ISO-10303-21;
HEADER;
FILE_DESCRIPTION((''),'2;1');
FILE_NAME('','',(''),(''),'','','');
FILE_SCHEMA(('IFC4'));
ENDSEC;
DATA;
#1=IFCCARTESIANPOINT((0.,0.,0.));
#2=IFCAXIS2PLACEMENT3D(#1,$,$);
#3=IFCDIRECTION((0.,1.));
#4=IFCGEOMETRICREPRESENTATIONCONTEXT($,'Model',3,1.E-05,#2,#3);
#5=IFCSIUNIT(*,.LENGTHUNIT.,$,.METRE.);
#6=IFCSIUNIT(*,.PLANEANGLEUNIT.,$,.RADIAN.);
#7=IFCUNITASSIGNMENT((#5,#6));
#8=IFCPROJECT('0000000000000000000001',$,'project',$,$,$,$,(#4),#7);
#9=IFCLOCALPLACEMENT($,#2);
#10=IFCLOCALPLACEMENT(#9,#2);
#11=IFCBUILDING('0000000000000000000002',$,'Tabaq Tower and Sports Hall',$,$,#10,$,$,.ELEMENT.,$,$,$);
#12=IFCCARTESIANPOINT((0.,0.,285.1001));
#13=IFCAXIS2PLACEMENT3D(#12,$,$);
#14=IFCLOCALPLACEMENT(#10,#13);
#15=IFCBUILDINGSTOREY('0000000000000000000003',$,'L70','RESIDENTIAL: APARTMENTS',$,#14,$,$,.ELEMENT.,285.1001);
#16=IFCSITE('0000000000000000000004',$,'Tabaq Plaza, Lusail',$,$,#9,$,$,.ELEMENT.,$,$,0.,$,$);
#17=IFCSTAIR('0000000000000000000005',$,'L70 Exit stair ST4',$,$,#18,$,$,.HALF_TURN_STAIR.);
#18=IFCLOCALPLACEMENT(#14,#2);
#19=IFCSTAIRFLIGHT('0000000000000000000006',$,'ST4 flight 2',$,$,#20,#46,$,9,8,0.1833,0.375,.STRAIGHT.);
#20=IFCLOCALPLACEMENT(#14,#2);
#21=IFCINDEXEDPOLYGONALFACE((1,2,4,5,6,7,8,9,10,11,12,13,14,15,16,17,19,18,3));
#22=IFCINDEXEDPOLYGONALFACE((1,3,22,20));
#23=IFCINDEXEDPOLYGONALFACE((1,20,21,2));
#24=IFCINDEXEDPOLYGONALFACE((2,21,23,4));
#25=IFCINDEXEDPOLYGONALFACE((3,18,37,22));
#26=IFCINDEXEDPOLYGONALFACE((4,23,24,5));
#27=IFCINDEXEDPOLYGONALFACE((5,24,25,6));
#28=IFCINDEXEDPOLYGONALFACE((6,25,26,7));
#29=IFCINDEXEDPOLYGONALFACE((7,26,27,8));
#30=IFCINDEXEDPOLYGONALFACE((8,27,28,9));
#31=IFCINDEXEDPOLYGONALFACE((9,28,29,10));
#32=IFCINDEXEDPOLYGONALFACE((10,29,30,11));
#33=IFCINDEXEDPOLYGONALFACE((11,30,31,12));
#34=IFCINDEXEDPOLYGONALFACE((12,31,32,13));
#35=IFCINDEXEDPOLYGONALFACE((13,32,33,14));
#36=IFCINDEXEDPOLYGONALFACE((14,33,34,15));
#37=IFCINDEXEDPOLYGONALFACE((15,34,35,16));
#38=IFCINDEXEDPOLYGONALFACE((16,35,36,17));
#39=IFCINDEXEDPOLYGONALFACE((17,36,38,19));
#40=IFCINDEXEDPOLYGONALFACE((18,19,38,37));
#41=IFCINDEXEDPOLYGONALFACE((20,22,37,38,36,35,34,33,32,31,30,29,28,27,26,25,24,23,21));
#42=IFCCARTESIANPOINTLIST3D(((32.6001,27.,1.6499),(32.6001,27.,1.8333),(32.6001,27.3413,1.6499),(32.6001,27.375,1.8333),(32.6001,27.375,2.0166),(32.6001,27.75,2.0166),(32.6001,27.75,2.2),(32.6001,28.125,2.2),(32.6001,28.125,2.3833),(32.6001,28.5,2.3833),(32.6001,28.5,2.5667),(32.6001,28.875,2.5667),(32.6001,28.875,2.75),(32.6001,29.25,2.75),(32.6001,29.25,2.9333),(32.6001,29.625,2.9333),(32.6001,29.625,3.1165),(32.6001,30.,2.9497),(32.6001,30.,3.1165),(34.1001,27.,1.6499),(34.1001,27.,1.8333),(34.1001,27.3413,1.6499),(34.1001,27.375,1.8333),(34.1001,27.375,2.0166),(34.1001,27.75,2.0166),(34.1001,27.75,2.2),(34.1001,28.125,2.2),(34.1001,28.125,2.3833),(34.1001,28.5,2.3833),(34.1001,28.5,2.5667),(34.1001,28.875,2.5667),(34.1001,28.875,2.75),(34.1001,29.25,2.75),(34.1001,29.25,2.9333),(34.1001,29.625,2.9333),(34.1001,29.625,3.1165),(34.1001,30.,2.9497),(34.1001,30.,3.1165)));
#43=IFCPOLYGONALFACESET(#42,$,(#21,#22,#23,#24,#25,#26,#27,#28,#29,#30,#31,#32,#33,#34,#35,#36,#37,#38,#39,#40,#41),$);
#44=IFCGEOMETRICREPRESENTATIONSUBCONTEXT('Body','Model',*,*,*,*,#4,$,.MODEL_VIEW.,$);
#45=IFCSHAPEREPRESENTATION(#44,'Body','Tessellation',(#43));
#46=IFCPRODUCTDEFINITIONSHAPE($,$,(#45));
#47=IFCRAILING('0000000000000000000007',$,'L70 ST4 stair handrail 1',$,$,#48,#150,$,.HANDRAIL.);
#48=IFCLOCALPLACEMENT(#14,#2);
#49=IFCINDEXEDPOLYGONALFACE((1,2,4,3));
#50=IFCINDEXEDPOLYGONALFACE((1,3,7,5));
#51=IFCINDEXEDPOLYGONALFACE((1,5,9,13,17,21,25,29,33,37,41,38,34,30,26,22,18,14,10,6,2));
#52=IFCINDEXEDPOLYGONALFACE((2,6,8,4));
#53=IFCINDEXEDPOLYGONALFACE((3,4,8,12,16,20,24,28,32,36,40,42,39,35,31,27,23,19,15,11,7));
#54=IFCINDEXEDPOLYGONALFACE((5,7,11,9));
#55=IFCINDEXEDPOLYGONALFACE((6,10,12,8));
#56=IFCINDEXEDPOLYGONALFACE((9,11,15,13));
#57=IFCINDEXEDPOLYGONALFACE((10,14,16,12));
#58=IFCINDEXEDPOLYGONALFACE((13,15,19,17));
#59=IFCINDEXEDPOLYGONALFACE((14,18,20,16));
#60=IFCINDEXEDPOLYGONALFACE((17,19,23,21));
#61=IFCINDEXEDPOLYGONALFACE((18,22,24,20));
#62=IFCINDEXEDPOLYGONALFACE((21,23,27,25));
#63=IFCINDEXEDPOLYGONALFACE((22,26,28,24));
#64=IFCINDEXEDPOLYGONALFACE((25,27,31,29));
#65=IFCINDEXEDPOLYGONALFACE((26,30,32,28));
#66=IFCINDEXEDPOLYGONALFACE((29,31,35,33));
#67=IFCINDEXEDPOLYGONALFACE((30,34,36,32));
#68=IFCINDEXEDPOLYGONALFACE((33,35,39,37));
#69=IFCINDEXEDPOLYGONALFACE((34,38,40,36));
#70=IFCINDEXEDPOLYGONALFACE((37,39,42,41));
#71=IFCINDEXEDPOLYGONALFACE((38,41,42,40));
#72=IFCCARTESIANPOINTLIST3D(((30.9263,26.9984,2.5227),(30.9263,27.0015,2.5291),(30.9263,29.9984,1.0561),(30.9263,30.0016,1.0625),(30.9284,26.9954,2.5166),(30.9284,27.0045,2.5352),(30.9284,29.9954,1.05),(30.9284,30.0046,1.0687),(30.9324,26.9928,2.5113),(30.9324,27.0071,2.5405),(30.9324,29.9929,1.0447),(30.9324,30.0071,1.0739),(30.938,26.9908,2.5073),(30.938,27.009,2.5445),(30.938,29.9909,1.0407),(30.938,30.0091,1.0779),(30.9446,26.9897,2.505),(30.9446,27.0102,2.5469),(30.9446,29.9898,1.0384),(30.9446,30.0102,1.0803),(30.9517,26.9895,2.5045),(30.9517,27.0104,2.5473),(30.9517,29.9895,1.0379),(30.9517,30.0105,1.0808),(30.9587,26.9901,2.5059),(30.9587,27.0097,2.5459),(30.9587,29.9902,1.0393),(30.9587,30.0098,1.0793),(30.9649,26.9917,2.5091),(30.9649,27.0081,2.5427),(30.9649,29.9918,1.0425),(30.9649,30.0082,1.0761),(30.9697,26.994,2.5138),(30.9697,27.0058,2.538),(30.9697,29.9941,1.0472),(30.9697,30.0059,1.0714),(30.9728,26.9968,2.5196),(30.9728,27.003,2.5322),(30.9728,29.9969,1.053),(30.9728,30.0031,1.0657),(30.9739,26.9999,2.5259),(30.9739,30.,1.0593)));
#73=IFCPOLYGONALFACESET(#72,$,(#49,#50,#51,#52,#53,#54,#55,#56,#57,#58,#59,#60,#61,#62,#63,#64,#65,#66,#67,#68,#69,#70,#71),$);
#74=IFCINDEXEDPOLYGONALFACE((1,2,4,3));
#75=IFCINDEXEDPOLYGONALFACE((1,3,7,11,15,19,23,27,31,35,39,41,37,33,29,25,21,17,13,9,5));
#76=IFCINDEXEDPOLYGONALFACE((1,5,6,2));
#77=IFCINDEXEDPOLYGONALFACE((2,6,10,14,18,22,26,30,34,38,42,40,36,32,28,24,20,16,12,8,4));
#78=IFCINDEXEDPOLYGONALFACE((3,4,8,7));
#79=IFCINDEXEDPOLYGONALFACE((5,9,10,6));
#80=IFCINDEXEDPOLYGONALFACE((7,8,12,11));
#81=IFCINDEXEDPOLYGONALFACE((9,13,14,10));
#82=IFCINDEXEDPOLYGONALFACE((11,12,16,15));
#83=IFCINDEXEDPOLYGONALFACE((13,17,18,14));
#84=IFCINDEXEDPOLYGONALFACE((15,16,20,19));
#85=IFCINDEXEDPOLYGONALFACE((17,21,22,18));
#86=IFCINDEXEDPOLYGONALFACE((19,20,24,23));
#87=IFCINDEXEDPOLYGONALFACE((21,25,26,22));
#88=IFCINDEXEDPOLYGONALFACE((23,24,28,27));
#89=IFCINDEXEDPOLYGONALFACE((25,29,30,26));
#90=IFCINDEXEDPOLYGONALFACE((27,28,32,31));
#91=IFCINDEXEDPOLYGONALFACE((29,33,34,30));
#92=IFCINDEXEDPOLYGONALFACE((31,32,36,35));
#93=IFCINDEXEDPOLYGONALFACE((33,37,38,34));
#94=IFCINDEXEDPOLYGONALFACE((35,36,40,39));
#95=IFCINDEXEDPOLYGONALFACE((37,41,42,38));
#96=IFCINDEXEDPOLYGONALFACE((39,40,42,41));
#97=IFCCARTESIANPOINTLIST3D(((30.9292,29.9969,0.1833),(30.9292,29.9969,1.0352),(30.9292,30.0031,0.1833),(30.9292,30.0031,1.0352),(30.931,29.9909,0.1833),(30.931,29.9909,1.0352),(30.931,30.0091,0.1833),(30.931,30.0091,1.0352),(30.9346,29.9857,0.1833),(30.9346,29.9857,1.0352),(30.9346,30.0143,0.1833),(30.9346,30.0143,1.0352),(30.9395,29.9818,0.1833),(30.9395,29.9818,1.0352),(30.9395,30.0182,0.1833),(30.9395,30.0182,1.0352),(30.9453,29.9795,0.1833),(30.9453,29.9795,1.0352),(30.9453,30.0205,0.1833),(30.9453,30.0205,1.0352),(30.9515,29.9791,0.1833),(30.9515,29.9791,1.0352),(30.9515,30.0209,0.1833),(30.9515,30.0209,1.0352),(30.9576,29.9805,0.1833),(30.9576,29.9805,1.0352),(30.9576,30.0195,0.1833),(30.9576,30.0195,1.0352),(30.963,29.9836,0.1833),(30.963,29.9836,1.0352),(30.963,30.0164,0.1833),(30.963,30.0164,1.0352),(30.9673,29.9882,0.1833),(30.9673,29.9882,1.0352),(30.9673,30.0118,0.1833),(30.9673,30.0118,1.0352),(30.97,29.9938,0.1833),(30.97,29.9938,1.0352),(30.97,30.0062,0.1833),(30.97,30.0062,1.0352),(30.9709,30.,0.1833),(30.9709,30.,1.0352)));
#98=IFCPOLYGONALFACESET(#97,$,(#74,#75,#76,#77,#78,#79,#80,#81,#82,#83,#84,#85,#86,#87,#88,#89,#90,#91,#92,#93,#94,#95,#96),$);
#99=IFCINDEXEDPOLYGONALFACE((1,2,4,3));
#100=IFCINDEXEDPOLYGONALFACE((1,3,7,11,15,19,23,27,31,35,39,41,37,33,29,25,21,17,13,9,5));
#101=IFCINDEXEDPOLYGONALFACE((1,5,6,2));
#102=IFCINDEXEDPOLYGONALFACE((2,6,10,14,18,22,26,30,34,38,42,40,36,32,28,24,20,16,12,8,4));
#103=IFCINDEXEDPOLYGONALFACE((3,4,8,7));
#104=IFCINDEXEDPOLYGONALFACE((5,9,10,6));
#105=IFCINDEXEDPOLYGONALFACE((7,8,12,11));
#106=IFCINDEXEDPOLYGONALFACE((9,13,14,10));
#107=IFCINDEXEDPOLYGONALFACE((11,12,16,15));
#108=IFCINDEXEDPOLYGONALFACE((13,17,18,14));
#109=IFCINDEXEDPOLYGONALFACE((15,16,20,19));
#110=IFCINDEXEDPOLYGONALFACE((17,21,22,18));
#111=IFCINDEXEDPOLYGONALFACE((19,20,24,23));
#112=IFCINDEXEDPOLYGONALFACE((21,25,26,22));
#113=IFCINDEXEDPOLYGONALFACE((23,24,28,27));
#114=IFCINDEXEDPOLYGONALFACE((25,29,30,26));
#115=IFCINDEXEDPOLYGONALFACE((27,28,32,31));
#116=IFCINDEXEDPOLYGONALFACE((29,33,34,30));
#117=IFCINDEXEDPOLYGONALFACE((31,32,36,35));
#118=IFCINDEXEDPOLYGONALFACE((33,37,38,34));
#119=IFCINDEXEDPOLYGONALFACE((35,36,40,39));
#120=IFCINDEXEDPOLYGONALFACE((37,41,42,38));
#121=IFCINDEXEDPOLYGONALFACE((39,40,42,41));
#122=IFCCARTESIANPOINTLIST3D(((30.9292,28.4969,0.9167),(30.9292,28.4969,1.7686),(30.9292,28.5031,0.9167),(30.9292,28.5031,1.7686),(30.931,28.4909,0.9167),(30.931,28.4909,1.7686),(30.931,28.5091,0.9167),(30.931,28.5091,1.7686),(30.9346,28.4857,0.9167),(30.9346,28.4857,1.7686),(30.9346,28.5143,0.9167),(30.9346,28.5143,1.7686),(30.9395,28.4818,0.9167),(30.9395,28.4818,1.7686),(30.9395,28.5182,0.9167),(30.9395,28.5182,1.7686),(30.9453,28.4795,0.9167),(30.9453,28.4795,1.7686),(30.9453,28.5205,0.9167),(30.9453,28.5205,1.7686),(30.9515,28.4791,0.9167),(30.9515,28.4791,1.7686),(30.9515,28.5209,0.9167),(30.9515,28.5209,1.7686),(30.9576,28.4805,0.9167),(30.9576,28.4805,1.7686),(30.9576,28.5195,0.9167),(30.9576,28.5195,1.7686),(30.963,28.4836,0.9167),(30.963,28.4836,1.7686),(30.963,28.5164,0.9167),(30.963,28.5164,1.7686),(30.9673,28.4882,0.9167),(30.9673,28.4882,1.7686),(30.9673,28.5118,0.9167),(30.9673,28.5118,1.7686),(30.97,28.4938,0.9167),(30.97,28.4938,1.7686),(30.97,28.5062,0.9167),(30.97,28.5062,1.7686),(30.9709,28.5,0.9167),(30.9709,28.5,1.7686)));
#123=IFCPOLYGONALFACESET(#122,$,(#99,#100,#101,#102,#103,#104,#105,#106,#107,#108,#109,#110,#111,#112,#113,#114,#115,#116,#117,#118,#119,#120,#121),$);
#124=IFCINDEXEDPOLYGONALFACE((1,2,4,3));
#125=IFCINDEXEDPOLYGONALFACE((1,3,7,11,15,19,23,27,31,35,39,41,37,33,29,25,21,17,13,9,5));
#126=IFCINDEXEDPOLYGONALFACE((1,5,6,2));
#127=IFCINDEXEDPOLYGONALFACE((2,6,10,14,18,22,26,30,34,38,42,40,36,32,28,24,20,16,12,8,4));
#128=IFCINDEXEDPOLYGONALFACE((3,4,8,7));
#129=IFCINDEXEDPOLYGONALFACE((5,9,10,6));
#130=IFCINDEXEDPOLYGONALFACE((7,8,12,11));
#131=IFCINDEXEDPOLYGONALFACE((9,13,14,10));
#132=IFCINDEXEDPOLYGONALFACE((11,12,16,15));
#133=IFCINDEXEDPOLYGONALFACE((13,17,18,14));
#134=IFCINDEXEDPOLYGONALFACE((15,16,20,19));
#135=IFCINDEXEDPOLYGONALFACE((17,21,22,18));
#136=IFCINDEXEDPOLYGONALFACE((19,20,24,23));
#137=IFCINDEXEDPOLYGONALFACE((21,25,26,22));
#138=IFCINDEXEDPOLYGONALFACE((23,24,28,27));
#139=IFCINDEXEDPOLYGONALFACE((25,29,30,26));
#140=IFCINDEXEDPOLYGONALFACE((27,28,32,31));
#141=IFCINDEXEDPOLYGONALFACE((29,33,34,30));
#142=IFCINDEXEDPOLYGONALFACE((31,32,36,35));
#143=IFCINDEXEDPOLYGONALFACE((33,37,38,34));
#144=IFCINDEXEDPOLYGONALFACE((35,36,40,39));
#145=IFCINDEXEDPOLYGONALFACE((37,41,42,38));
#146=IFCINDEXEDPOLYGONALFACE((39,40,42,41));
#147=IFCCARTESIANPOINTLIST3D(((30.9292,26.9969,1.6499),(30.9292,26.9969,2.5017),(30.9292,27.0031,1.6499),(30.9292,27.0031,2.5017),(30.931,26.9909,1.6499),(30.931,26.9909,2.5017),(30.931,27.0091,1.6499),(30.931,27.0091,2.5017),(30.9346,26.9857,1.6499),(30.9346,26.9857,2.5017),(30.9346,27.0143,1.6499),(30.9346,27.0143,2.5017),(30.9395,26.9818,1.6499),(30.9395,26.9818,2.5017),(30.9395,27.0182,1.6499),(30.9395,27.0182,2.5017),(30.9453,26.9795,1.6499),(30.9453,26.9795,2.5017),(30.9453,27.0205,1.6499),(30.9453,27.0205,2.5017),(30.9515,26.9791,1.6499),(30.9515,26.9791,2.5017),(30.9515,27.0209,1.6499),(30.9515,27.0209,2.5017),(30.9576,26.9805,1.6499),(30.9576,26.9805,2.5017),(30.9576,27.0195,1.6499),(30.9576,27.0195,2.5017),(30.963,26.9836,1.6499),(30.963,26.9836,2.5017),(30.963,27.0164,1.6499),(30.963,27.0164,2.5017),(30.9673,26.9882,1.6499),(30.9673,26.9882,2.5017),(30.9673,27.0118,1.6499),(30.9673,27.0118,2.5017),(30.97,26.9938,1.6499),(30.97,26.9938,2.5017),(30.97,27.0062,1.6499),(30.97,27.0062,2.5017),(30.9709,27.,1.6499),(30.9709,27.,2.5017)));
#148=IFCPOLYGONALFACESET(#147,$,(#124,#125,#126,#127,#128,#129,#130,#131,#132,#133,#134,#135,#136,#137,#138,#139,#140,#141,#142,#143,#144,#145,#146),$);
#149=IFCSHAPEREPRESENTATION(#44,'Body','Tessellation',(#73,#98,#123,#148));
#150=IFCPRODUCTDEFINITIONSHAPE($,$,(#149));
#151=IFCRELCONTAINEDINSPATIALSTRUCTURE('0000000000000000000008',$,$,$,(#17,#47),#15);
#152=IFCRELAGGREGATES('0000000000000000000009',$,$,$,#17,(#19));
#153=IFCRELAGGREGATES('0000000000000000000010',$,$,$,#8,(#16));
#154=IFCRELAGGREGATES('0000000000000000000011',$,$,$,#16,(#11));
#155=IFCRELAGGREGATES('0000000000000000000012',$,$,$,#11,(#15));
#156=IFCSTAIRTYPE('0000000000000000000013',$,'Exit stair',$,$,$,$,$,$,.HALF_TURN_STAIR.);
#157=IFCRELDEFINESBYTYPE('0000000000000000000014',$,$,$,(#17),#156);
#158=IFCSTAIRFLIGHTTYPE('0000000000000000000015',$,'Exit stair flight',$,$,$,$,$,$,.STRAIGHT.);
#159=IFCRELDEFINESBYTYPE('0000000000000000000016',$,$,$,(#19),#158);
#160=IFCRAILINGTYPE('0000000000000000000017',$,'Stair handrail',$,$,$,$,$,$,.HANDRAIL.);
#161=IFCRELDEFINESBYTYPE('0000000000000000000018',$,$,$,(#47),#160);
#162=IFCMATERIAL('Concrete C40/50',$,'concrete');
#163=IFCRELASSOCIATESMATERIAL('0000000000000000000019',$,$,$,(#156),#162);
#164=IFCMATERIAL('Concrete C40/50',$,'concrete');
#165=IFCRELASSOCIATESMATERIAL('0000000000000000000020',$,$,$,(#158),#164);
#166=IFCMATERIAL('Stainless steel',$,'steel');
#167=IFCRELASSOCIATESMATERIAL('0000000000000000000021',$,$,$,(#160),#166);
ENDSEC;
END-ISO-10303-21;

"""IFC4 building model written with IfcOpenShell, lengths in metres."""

from ifc_helpers import new_model, si_unit, direction, frame, origin, origin_2d, place, context, subcontext, project, spatial, polyline, circle, outline, extrude, material, type_object, element, aggregate, save


model = new_model("IFC4")

# Units and contexts
model_context = context("Model", 3, precision=1e-05, world=origin(), true_north=direction((0.0, 1.0)))
body_context = subcontext(model_context, "Body", "Model", "MODEL_VIEW")
ifc_project = project(units=[si_unit("LENGTHUNIT", "METRE"), si_unit("PLANEANGLEUNIT", "RADIAN")], contexts=[model_context])

# Site, building, storey
site_placement = place(None, origin())
site = spatial("IfcSite", under=ifc_project, at=site_placement, Name="Tabaq Plaza, Lusail", CompositionType="ELEMENT", RefElevation=0.0)
building_placement = place(site_placement, origin())
building = spatial("IfcBuilding", under=site, at=building_placement, Name="Tabaq Tower and Sports Hall", CompositionType="ELEMENT")
storey_placement = place(building_placement, frame((0.0, 0.0, 285.1001)))
storey = spatial("IfcBuildingStorey", under=building, at=storey_placement, Name="L70", Description="RESIDENTIAL: APARTMENTS", CompositionType="ELEMENT", Elevation=285.1001)

# Stair, stair flight
ifc_material_1 = material(Name="Concrete C40/50", Category="concrete")
stair_type = type_object("IfcStairType", Name="Exit stair", PredefinedType="HALF_TURN_STAIR", material=ifc_material_1)
stair_placement = place(storey_placement, origin())
stair = element("IfcStair", 1, at=stair_placement, inside=storey, type_object=stair_type, Name="L70 Exit stair ST4", PredefinedType="HALF_TURN_STAIR")
ifc_material_2 = material(Name="Concrete C40/50", Category="concrete")
stair_flight_type = type_object("IfcStairFlightType", Name="Exit stair flight", PredefinedType="STRAIGHT", material=ifc_material_2)
stair_flight_1_placement = place(storey_placement, frame((33.3501, 27.0, 1.6499), z_axis=(0.0, 0.0, 1.0), x_axis=(0.0, 1.0, 0.0)))
stair_flight_1 = element("IfcStairFlight", 2, at=stair_flight_1_placement, type_object=stair_flight_type, Name="ST4 flight 2", NumberOfRisers=9, NumberOfTreads=8, PredefinedType="STRAIGHT", RiserHeight=0.1833, TreadLength=0.375, context=body_context, shape_type="SweptSolid", body=[
    extrude(outline(polyline([(0.0, 0.0), (0.0, 0.1833), (0.375, 0.1833), (0.375, 0.3667), (0.75, 0.3667), (0.75, 0.55), (1.125, 0.55), (1.125, 0.7334), (1.5, 0.7334), (1.5, 0.9167), (1.875, 0.9167), (1.875, 1.1001), (2.25, 1.1001), (2.25, 1.2834), (2.625, 1.2834), (2.625, 1.4666), (3.0, 1.4666), (3.0, 1.6499), (3.0, 1.2998), (0.3413, 0.0), (0.0, 0.0)])), frame((0.0, 0.75, 0.0), z_axis=(0.0, -1.0, 0.0), x_axis=(1.0, 0.0, 0.0)), (0.0, 0.0, 1.0), 1.5),
])
aggregate(stair, [stair_flight_1])

# Railing
ifc_material_3 = material(Name="Stainless steel", Category="steel")
railing_type_1 = type_object("IfcRailingType", Name="Stair handrail", PredefinedType="HANDRAIL", material=ifc_material_3)
railing_1_placement = place(storey_placement, frame((30.95, 30.0, 0.1833)))
element("IfcRailing", 3, at=railing_1_placement, inside=storey, type_object=railing_type_1, Name="L70 ST4 stair handrail 1", PredefinedType="HANDRAIL", context=body_context, shape_type="SweptSolid", body=[
    extrude(circle(Radius=0.0239, at=origin_2d()), frame((0.0, 0.0, 0.876), z_axis=(0.0, -0.898398, 0.439183), x_axis=(1.0, 0.0, 0.0)), (0.0, 0.0, 1.0), 3.3394),
    extrude(circle(Radius=0.021, at=origin_2d()), origin(), (0.0, 0.0, 1.0), 0.8518),
    extrude(circle(Radius=0.021, at=origin_2d()), frame((0.0, -1.5, 0.7334)), (0.0, 0.0, 1.0), 0.8518),
    extrude(circle(Radius=0.021, at=origin_2d()), frame((0.0, -3.0, 1.4666)), (0.0, 0.0, 1.0), 0.8518),
])

save(model, "model.ifc")
